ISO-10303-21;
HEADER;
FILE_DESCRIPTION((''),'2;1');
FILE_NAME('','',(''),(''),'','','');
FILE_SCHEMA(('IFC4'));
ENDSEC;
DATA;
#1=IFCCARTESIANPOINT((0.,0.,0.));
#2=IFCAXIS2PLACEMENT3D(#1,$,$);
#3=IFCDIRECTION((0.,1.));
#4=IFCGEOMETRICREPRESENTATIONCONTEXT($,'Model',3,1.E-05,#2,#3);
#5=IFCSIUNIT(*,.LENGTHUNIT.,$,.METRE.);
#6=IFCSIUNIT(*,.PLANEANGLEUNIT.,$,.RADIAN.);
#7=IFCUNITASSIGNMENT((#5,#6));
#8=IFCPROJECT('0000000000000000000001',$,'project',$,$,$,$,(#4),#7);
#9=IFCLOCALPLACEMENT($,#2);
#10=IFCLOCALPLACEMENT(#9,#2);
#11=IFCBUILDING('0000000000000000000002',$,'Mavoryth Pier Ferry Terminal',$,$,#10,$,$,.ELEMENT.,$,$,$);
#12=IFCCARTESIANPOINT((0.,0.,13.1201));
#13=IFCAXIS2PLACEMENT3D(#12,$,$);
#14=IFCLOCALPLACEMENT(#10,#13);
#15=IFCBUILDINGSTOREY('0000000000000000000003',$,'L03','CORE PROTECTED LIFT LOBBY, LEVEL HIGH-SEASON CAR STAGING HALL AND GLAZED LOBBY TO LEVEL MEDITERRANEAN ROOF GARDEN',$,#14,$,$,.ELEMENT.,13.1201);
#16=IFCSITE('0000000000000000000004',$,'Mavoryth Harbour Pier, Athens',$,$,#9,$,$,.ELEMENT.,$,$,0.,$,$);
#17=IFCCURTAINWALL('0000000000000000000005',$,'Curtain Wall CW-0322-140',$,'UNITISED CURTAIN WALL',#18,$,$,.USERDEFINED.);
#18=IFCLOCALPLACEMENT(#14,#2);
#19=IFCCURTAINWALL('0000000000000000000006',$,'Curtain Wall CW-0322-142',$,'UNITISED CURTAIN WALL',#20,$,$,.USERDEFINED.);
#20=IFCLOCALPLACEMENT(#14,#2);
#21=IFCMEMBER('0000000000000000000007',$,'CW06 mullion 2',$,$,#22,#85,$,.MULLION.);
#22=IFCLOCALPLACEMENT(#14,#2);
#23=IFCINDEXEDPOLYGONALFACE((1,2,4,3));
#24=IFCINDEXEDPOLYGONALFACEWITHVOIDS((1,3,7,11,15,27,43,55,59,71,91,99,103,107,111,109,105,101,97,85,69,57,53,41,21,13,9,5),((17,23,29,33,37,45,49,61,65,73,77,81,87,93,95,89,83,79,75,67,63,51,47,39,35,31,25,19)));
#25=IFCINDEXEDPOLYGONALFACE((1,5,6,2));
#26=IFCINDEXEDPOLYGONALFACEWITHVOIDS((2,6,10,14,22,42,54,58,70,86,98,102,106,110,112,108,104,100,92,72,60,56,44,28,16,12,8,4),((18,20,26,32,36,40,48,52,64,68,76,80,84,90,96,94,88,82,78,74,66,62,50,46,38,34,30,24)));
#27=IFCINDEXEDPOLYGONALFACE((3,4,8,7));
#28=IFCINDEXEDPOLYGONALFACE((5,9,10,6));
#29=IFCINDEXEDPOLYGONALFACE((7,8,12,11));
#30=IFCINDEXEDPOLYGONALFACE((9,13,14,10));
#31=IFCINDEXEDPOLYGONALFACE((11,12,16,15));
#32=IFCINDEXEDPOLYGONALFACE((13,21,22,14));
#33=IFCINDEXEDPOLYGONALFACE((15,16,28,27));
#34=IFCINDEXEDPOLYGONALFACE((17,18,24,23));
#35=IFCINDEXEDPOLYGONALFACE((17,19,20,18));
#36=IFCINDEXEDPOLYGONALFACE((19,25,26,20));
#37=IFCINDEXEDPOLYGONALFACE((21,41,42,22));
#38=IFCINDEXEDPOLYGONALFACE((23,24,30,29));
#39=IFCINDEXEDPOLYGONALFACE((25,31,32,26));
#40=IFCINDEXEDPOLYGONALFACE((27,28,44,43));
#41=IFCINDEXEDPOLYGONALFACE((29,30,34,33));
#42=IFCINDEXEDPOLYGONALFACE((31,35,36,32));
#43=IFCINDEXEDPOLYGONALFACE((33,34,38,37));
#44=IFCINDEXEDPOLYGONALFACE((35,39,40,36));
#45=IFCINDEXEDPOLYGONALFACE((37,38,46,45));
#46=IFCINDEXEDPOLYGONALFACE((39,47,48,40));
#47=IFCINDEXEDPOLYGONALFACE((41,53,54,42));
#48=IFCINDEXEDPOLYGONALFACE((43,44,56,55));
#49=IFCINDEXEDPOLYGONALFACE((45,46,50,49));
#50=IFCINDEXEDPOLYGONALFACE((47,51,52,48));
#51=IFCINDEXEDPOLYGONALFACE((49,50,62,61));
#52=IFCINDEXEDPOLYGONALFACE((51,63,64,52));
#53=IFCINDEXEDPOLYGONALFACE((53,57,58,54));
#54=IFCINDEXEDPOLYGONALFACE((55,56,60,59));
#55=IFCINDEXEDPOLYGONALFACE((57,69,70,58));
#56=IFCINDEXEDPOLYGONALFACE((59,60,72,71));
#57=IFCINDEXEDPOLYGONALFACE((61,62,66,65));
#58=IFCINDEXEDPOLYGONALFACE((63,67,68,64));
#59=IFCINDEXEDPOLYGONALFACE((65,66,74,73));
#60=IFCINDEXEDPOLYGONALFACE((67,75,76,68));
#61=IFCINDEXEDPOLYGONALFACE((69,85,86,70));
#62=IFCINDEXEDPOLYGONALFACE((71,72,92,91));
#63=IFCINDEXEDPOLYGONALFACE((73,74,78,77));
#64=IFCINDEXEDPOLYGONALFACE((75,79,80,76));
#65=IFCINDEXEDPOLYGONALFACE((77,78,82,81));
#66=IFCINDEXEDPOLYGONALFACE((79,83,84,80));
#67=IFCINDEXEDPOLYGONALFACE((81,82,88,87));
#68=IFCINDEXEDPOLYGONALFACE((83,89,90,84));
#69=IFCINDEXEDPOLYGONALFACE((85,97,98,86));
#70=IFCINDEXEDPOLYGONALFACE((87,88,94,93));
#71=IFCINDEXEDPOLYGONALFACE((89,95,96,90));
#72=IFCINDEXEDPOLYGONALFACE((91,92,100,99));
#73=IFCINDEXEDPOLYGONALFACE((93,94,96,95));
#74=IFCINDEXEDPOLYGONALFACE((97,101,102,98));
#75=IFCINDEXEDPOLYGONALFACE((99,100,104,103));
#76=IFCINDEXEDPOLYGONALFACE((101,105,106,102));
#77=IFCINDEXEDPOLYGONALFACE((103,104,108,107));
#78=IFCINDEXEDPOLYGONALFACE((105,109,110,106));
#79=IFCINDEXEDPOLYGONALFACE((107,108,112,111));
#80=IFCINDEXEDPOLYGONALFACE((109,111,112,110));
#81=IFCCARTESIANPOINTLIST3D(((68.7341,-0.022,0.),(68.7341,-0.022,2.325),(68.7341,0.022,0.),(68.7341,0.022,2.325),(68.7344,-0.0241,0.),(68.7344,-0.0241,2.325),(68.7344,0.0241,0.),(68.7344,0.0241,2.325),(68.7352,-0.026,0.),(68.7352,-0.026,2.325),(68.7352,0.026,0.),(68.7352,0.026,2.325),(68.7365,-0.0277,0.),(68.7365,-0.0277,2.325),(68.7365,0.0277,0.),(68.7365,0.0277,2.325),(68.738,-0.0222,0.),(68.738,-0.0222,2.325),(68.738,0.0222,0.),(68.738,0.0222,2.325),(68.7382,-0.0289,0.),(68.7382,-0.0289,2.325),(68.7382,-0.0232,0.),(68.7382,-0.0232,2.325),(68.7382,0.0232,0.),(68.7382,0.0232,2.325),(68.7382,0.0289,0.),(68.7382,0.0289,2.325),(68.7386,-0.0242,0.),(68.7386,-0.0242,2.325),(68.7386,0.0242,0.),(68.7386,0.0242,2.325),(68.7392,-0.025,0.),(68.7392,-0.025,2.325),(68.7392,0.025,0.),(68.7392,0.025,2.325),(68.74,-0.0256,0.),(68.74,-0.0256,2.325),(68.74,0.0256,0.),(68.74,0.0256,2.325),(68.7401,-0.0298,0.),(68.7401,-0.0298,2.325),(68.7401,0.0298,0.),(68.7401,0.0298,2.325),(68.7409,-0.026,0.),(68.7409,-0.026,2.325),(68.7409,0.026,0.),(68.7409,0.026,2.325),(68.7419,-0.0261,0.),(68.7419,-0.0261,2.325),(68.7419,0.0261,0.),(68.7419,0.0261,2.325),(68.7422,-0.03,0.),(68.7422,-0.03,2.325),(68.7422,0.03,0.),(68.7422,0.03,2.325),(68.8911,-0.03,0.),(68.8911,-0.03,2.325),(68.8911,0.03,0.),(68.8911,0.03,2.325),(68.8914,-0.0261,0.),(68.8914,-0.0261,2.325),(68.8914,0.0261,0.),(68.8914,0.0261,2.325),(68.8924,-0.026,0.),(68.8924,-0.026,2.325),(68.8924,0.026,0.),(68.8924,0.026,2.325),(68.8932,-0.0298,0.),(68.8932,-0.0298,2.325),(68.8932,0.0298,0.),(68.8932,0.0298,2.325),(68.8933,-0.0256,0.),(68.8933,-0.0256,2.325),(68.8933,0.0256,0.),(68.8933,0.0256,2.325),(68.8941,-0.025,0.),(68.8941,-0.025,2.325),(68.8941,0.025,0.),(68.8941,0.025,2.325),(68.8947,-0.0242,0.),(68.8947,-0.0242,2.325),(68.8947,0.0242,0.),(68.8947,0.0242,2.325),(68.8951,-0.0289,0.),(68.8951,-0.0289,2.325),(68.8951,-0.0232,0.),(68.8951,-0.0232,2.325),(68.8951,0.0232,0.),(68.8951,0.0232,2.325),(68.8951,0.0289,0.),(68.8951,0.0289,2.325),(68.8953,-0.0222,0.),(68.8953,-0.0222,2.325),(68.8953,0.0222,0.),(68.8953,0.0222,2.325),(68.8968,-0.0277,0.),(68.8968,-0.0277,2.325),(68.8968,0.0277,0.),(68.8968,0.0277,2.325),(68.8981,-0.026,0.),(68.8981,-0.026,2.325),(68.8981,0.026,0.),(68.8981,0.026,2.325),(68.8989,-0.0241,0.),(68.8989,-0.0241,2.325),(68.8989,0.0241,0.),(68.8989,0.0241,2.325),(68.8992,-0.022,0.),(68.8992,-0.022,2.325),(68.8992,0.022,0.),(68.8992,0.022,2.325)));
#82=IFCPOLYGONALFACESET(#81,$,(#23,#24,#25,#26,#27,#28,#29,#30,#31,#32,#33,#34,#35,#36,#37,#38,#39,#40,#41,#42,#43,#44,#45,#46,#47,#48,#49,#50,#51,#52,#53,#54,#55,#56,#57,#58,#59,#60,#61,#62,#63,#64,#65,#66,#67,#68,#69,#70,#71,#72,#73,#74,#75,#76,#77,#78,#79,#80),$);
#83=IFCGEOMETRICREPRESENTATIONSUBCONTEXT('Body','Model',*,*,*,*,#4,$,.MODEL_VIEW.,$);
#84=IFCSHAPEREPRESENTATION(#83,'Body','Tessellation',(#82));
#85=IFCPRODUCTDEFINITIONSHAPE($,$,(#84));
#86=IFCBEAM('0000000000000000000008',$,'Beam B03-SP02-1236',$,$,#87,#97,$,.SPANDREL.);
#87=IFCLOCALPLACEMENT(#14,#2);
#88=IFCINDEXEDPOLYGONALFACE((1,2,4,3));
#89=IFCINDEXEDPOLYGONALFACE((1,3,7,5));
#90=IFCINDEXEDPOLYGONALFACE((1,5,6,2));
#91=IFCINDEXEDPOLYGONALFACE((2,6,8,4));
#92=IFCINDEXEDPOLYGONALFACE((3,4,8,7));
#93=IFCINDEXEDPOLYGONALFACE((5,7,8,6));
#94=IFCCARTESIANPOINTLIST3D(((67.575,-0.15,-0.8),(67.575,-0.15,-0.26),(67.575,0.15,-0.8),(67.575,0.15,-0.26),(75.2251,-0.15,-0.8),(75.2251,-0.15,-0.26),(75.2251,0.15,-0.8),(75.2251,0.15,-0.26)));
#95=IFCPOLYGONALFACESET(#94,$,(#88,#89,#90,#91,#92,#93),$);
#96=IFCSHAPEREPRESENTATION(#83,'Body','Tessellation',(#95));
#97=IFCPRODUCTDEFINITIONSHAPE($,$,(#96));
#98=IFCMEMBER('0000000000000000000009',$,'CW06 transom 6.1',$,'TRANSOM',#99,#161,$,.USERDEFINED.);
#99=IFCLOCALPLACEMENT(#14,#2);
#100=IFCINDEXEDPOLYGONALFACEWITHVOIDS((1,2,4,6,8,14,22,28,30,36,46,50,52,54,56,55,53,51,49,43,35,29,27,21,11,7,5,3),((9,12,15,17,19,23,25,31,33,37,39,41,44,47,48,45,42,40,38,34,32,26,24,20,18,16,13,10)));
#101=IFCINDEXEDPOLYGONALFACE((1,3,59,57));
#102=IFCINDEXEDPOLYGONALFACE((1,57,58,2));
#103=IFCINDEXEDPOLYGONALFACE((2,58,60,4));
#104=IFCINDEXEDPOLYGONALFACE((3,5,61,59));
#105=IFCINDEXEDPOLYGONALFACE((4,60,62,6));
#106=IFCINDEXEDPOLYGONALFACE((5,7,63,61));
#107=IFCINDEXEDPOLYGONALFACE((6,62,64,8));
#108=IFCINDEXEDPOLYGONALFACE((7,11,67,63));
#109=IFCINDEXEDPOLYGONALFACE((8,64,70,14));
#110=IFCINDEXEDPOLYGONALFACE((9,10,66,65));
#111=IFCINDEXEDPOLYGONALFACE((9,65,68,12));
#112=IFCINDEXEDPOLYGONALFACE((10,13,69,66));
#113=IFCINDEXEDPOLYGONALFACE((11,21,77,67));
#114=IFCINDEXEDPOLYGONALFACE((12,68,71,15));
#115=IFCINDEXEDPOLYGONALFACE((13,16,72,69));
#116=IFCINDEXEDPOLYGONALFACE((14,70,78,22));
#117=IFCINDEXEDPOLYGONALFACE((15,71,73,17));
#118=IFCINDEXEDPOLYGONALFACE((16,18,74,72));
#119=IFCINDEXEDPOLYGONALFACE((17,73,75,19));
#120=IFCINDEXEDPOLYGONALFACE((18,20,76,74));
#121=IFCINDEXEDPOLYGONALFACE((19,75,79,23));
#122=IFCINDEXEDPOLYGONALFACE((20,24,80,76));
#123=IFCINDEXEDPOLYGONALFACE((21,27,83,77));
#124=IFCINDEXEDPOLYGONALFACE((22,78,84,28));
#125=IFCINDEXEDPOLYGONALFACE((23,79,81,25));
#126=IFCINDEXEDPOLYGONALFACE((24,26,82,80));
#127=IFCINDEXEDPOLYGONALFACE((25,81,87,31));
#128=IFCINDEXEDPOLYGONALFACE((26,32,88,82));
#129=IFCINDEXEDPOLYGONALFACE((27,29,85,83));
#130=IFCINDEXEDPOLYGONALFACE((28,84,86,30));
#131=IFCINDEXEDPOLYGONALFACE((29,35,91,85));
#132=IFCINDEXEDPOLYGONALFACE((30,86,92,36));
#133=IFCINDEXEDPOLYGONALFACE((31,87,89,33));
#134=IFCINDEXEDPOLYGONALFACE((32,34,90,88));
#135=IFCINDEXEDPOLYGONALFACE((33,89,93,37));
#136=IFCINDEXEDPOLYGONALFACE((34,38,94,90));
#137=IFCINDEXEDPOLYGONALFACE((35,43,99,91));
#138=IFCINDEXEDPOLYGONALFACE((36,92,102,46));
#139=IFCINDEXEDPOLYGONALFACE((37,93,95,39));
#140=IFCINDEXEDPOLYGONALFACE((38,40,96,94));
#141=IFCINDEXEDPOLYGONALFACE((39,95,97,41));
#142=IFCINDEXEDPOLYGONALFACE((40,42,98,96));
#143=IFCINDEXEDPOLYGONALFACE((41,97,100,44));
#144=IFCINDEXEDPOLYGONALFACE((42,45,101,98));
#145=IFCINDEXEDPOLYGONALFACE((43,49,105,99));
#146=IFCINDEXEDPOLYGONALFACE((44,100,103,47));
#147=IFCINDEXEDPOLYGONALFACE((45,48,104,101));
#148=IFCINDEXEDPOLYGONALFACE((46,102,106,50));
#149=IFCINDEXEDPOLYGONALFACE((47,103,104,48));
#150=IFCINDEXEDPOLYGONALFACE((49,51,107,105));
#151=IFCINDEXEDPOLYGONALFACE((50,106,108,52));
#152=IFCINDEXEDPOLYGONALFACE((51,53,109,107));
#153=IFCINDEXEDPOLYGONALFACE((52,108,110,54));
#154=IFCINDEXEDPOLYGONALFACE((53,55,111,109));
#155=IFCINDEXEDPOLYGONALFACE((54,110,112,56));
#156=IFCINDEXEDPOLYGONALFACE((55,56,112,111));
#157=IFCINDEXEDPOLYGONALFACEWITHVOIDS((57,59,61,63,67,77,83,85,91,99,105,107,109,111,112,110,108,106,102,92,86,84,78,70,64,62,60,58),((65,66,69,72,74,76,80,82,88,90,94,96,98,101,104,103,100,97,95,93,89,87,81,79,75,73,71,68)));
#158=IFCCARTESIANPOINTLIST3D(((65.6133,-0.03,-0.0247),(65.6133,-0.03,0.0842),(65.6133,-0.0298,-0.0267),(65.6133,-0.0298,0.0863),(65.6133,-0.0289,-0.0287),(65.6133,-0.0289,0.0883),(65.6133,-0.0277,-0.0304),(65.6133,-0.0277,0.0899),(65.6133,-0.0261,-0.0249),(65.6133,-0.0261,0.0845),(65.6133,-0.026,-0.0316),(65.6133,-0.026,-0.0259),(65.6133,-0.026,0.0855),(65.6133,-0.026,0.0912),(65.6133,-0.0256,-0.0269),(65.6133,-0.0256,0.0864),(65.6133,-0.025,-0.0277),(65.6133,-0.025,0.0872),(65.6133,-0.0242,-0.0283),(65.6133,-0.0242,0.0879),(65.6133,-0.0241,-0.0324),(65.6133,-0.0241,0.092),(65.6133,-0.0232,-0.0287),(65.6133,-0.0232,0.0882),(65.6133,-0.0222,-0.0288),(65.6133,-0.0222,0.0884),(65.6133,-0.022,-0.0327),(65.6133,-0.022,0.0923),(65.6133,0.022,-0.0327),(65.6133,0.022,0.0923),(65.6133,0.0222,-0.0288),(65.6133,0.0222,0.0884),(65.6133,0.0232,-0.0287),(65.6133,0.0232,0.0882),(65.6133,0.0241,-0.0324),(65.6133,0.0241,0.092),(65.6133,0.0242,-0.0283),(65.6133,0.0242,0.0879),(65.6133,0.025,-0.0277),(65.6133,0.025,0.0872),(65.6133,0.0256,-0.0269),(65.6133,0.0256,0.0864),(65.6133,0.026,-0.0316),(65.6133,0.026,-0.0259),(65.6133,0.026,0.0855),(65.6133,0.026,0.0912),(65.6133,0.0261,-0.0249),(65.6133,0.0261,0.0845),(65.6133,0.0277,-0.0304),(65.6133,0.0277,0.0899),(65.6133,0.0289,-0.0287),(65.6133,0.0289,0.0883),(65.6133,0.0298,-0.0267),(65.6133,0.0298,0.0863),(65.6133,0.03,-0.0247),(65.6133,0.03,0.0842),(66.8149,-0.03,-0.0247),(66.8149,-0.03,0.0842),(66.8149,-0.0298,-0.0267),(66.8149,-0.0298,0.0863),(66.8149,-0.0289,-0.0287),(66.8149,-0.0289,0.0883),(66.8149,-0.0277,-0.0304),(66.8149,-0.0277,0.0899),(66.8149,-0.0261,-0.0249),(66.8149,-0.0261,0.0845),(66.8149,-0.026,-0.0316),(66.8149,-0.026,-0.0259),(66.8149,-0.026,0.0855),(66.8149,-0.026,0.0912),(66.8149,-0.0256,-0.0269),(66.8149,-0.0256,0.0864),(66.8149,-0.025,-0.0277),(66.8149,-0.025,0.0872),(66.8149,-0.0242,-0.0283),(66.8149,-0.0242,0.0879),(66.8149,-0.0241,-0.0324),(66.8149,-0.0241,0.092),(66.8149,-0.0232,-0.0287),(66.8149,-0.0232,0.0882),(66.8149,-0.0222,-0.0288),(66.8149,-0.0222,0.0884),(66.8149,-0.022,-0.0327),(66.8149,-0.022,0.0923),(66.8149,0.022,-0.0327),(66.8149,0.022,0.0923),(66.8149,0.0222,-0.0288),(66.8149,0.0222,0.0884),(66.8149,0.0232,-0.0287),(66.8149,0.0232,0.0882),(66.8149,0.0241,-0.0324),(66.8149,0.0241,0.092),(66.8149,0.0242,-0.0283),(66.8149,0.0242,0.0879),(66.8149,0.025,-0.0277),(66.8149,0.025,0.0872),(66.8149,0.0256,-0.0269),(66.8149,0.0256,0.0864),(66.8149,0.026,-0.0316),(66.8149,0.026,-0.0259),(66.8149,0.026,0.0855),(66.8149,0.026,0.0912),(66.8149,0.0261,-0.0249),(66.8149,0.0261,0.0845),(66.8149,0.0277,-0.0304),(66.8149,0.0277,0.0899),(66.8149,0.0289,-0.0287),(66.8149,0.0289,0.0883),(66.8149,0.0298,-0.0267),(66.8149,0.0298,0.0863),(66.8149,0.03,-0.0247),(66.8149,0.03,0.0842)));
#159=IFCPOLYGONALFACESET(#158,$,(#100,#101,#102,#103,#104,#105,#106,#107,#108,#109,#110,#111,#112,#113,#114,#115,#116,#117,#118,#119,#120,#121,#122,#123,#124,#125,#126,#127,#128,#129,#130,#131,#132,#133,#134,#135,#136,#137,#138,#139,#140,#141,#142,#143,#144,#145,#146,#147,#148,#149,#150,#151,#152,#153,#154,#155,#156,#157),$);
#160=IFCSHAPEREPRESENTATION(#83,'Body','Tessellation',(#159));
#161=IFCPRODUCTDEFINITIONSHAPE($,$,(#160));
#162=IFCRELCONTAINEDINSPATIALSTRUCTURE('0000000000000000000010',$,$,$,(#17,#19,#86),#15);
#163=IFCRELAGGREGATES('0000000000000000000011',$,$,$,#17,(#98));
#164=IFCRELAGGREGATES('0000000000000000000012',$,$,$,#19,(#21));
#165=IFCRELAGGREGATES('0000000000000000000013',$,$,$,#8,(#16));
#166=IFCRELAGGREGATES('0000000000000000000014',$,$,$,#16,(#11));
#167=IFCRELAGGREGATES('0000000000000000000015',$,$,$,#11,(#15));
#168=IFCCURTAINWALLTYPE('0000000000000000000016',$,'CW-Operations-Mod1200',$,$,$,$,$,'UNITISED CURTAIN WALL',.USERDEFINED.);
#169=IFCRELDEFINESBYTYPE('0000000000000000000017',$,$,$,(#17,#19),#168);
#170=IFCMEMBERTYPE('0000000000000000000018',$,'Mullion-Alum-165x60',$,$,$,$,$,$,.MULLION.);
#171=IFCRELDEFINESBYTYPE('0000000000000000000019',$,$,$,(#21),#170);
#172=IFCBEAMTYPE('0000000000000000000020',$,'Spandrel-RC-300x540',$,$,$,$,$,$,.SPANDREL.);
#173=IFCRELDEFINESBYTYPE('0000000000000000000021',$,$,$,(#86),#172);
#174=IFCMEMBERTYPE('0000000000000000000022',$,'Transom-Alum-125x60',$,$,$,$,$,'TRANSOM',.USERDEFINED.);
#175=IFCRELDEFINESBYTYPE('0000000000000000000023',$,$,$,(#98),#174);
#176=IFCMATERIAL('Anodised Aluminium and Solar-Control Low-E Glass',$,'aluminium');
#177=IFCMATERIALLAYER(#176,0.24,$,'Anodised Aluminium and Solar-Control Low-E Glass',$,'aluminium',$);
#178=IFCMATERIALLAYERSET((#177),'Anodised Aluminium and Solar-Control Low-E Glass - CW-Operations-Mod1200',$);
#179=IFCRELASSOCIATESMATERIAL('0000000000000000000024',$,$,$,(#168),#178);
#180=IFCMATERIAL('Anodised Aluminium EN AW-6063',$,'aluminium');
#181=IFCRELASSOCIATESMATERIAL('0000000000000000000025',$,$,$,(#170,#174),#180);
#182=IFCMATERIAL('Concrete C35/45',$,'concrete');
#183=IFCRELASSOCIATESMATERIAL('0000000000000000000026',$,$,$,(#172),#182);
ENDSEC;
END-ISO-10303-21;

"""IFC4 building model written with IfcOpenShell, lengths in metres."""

from ifc_helpers import new_model, si_unit, direction, frame, origin, origin_2d, place, context, subcontext, project, spatial, rectangle, hollow_rectangle, extrude, material, layer, layer_set, material_profile, profile_set, type_object, element, aggregate, save


model = new_model("IFC4")

# Units and contexts
model_context = context("Model", 3, precision=1e-05, world=origin(), true_north=direction((0.0, 1.0)))
body_context = subcontext(model_context, "Body", "Model", "MODEL_VIEW")
ifc_project = project(units=[si_unit("LENGTHUNIT", "METRE"), si_unit("PLANEANGLEUNIT", "RADIAN")], contexts=[model_context])

# Site, building, storey
site_placement = place(None, origin())
site = spatial("IfcSite", under=ifc_project, at=site_placement, Name="Mavoryth Harbour Pier, Athens", CompositionType="ELEMENT", RefElevation=0.0)
building_placement = place(site_placement, origin())
building = spatial("IfcBuilding", under=site, at=building_placement, Name="Mavoryth Pier Ferry Terminal", CompositionType="ELEMENT")
storey_placement = place(building_placement, frame((0.0, 0.0, 13.1201)))
storey = spatial("IfcBuildingStorey", under=building, at=storey_placement, Name="L03", Description="CORE PROTECTED LIFT LOBBY, LEVEL HIGH-SEASON CAR STAGING HALL AND GLAZED LOBBY TO LEVEL MEDITERRANEAN ROOF GARDEN", CompositionType="ELEMENT", Elevation=13.1201)

# Shared definitions
ifc_material_1 = material(Name="Concrete C35/45", Category="concrete")

# Curtain walls, member
ifc_material_2 = material(Name="Anodised Aluminium and Solar-Control Low-E Glass", Category="aluminium")
ifc_layer_1 = layer(ifc_material_2, 0.24, Name="Anodised Aluminium and Solar-Control Low-E Glass", Category="aluminium")
ifc_layer_set_1 = layer_set([ifc_layer_1], Name="Anodised Aluminium and Solar-Control Low-E Glass - CW-Operations-Mod1200")
curtain_wall_type = type_object("IfcCurtainWallType", Name="CW-Operations-Mod1200", ElementType="UNITISED CURTAIN WALL", PredefinedType="USERDEFINED", material=ifc_layer_set_1)
curtain_wall_1_placement = place(storey_placement, origin())
curtain_wall_1 = element("IfcCurtainWall", 1, at=curtain_wall_1_placement, inside=storey, type_object=curtain_wall_type, Name="Curtain Wall CW-0322-140", ObjectType="UNITISED CURTAIN WALL", PredefinedType="USERDEFINED")
ifc_material_3 = material(Name="Anodised Aluminium EN AW-6063", Category="aluminium")
ifc_material_profile_1 = material_profile(ifc_material_3, hollow_rectangle(XDim=0.0601, YDim=0.165, WallThickness=0.0039, InnerFilletRadius=0.0039, OuterFilletRadius=0.0081, at=origin_2d()), Name="AL-MULL 165x60x4", Category="aluminium")
ifc_profile_set_1 = profile_set([ifc_material_profile_1], Name="Anodised Aluminium EN AW-6063 - AL-MULL 165x60x4")
member_type_1 = type_object("IfcMemberType", Name="Mullion-Alum-165x60", PredefinedType="MULLION", material=ifc_profile_set_1)
curtain_wall_2_placement = place(storey_placement, origin())
curtain_wall_2 = element("IfcCurtainWall", 2, at=curtain_wall_2_placement, inside=storey, type_object=curtain_wall_type, Name="Curtain Wall CW-0322-142", ObjectType="UNITISED CURTAIN WALL", PredefinedType="USERDEFINED")
member_1_placement = place(storey_placement, frame((68.8167, 0.0, 0.0), z_axis=(0.0, 0.0, 1.0), x_axis=(0.0, 1.0, 0.0)))
member_1 = element("IfcMember", 3, at=member_1_placement, type_object=member_type_1, Name="CW06 mullion 2", PredefinedType="MULLION", context=body_context, shape_type="SweptSolid", body=[
    extrude(hollow_rectangle(XDim=0.0601, YDim=0.165, WallThickness=0.0039, InnerFilletRadius=0.0039, OuterFilletRadius=0.0081, at=origin_2d()), origin(), (0.0, 0.0, 1.0), 2.325),
])

# Beam
ifc_material_profile_2 = material_profile(ifc_material_1, rectangle(XDim=0.3, YDim=0.54, at=origin_2d()), Name="RC 300x540", Category="concrete")
ifc_profile_set_2 = profile_set([ifc_material_profile_2], Name="Concrete C35/45 - RC 300x540")
beam_type_1 = type_object("IfcBeamType", Name="Spandrel-RC-300x540", PredefinedType="SPANDREL", material=ifc_profile_set_2)
beam_1_placement = place(storey_placement, frame((67.575, 0.0, -0.53), z_axis=(1.0, 0.0, 0.0), x_axis=(0.0, 1.0, 0.0)))
element("IfcBeam", 4, at=beam_1_placement, inside=storey, type_object=beam_type_1, Name="Beam B03-SP02-1236", PredefinedType="SPANDREL", context=body_context, shape_type="SweptSolid", body=[
    extrude(rectangle(XDim=0.3, YDim=0.54, at=origin_2d()), origin(), (0.0, 0.0, 1.0), 7.6501),
])

# Member
ifc_material_profile_3 = material_profile(ifc_material_3, hollow_rectangle(XDim=0.0601, YDim=0.125, WallThickness=0.0039, InnerFilletRadius=0.0039, OuterFilletRadius=0.0081, at=origin_2d()), Name="AL-TRAN 125x60x4", Category="aluminium")
ifc_profile_set_3 = profile_set([ifc_material_profile_3], Name="Anodised Aluminium EN AW-6063 - AL-TRAN 125x60x4")
member_type_2 = type_object("IfcMemberType", Name="Transom-Alum-125x60", ElementType="TRANSOM", PredefinedType="USERDEFINED", material=ifc_profile_set_3)
member_2_placement = place(storey_placement, frame((65.6133, 0.0, 0.0298), z_axis=(1.0, 0.0, 0.0), x_axis=(0.0, 1.0, 0.0)))
member_2 = element("IfcMember", 5, at=member_2_placement, type_object=member_type_2, Name="CW06 transom 6.1", ObjectType="TRANSOM", PredefinedType="USERDEFINED", context=body_context, shape_type="SweptSolid", body=[
    extrude(hollow_rectangle(XDim=0.0601, YDim=0.125, WallThickness=0.0039, InnerFilletRadius=0.0039, OuterFilletRadius=0.0081, at=origin_2d()), origin(), (0.0, 0.0, 1.0), 1.2017),
])

aggregate(curtain_wall_1, [member_2])
aggregate(curtain_wall_2, [member_1])

save(model, "model.ifc")
